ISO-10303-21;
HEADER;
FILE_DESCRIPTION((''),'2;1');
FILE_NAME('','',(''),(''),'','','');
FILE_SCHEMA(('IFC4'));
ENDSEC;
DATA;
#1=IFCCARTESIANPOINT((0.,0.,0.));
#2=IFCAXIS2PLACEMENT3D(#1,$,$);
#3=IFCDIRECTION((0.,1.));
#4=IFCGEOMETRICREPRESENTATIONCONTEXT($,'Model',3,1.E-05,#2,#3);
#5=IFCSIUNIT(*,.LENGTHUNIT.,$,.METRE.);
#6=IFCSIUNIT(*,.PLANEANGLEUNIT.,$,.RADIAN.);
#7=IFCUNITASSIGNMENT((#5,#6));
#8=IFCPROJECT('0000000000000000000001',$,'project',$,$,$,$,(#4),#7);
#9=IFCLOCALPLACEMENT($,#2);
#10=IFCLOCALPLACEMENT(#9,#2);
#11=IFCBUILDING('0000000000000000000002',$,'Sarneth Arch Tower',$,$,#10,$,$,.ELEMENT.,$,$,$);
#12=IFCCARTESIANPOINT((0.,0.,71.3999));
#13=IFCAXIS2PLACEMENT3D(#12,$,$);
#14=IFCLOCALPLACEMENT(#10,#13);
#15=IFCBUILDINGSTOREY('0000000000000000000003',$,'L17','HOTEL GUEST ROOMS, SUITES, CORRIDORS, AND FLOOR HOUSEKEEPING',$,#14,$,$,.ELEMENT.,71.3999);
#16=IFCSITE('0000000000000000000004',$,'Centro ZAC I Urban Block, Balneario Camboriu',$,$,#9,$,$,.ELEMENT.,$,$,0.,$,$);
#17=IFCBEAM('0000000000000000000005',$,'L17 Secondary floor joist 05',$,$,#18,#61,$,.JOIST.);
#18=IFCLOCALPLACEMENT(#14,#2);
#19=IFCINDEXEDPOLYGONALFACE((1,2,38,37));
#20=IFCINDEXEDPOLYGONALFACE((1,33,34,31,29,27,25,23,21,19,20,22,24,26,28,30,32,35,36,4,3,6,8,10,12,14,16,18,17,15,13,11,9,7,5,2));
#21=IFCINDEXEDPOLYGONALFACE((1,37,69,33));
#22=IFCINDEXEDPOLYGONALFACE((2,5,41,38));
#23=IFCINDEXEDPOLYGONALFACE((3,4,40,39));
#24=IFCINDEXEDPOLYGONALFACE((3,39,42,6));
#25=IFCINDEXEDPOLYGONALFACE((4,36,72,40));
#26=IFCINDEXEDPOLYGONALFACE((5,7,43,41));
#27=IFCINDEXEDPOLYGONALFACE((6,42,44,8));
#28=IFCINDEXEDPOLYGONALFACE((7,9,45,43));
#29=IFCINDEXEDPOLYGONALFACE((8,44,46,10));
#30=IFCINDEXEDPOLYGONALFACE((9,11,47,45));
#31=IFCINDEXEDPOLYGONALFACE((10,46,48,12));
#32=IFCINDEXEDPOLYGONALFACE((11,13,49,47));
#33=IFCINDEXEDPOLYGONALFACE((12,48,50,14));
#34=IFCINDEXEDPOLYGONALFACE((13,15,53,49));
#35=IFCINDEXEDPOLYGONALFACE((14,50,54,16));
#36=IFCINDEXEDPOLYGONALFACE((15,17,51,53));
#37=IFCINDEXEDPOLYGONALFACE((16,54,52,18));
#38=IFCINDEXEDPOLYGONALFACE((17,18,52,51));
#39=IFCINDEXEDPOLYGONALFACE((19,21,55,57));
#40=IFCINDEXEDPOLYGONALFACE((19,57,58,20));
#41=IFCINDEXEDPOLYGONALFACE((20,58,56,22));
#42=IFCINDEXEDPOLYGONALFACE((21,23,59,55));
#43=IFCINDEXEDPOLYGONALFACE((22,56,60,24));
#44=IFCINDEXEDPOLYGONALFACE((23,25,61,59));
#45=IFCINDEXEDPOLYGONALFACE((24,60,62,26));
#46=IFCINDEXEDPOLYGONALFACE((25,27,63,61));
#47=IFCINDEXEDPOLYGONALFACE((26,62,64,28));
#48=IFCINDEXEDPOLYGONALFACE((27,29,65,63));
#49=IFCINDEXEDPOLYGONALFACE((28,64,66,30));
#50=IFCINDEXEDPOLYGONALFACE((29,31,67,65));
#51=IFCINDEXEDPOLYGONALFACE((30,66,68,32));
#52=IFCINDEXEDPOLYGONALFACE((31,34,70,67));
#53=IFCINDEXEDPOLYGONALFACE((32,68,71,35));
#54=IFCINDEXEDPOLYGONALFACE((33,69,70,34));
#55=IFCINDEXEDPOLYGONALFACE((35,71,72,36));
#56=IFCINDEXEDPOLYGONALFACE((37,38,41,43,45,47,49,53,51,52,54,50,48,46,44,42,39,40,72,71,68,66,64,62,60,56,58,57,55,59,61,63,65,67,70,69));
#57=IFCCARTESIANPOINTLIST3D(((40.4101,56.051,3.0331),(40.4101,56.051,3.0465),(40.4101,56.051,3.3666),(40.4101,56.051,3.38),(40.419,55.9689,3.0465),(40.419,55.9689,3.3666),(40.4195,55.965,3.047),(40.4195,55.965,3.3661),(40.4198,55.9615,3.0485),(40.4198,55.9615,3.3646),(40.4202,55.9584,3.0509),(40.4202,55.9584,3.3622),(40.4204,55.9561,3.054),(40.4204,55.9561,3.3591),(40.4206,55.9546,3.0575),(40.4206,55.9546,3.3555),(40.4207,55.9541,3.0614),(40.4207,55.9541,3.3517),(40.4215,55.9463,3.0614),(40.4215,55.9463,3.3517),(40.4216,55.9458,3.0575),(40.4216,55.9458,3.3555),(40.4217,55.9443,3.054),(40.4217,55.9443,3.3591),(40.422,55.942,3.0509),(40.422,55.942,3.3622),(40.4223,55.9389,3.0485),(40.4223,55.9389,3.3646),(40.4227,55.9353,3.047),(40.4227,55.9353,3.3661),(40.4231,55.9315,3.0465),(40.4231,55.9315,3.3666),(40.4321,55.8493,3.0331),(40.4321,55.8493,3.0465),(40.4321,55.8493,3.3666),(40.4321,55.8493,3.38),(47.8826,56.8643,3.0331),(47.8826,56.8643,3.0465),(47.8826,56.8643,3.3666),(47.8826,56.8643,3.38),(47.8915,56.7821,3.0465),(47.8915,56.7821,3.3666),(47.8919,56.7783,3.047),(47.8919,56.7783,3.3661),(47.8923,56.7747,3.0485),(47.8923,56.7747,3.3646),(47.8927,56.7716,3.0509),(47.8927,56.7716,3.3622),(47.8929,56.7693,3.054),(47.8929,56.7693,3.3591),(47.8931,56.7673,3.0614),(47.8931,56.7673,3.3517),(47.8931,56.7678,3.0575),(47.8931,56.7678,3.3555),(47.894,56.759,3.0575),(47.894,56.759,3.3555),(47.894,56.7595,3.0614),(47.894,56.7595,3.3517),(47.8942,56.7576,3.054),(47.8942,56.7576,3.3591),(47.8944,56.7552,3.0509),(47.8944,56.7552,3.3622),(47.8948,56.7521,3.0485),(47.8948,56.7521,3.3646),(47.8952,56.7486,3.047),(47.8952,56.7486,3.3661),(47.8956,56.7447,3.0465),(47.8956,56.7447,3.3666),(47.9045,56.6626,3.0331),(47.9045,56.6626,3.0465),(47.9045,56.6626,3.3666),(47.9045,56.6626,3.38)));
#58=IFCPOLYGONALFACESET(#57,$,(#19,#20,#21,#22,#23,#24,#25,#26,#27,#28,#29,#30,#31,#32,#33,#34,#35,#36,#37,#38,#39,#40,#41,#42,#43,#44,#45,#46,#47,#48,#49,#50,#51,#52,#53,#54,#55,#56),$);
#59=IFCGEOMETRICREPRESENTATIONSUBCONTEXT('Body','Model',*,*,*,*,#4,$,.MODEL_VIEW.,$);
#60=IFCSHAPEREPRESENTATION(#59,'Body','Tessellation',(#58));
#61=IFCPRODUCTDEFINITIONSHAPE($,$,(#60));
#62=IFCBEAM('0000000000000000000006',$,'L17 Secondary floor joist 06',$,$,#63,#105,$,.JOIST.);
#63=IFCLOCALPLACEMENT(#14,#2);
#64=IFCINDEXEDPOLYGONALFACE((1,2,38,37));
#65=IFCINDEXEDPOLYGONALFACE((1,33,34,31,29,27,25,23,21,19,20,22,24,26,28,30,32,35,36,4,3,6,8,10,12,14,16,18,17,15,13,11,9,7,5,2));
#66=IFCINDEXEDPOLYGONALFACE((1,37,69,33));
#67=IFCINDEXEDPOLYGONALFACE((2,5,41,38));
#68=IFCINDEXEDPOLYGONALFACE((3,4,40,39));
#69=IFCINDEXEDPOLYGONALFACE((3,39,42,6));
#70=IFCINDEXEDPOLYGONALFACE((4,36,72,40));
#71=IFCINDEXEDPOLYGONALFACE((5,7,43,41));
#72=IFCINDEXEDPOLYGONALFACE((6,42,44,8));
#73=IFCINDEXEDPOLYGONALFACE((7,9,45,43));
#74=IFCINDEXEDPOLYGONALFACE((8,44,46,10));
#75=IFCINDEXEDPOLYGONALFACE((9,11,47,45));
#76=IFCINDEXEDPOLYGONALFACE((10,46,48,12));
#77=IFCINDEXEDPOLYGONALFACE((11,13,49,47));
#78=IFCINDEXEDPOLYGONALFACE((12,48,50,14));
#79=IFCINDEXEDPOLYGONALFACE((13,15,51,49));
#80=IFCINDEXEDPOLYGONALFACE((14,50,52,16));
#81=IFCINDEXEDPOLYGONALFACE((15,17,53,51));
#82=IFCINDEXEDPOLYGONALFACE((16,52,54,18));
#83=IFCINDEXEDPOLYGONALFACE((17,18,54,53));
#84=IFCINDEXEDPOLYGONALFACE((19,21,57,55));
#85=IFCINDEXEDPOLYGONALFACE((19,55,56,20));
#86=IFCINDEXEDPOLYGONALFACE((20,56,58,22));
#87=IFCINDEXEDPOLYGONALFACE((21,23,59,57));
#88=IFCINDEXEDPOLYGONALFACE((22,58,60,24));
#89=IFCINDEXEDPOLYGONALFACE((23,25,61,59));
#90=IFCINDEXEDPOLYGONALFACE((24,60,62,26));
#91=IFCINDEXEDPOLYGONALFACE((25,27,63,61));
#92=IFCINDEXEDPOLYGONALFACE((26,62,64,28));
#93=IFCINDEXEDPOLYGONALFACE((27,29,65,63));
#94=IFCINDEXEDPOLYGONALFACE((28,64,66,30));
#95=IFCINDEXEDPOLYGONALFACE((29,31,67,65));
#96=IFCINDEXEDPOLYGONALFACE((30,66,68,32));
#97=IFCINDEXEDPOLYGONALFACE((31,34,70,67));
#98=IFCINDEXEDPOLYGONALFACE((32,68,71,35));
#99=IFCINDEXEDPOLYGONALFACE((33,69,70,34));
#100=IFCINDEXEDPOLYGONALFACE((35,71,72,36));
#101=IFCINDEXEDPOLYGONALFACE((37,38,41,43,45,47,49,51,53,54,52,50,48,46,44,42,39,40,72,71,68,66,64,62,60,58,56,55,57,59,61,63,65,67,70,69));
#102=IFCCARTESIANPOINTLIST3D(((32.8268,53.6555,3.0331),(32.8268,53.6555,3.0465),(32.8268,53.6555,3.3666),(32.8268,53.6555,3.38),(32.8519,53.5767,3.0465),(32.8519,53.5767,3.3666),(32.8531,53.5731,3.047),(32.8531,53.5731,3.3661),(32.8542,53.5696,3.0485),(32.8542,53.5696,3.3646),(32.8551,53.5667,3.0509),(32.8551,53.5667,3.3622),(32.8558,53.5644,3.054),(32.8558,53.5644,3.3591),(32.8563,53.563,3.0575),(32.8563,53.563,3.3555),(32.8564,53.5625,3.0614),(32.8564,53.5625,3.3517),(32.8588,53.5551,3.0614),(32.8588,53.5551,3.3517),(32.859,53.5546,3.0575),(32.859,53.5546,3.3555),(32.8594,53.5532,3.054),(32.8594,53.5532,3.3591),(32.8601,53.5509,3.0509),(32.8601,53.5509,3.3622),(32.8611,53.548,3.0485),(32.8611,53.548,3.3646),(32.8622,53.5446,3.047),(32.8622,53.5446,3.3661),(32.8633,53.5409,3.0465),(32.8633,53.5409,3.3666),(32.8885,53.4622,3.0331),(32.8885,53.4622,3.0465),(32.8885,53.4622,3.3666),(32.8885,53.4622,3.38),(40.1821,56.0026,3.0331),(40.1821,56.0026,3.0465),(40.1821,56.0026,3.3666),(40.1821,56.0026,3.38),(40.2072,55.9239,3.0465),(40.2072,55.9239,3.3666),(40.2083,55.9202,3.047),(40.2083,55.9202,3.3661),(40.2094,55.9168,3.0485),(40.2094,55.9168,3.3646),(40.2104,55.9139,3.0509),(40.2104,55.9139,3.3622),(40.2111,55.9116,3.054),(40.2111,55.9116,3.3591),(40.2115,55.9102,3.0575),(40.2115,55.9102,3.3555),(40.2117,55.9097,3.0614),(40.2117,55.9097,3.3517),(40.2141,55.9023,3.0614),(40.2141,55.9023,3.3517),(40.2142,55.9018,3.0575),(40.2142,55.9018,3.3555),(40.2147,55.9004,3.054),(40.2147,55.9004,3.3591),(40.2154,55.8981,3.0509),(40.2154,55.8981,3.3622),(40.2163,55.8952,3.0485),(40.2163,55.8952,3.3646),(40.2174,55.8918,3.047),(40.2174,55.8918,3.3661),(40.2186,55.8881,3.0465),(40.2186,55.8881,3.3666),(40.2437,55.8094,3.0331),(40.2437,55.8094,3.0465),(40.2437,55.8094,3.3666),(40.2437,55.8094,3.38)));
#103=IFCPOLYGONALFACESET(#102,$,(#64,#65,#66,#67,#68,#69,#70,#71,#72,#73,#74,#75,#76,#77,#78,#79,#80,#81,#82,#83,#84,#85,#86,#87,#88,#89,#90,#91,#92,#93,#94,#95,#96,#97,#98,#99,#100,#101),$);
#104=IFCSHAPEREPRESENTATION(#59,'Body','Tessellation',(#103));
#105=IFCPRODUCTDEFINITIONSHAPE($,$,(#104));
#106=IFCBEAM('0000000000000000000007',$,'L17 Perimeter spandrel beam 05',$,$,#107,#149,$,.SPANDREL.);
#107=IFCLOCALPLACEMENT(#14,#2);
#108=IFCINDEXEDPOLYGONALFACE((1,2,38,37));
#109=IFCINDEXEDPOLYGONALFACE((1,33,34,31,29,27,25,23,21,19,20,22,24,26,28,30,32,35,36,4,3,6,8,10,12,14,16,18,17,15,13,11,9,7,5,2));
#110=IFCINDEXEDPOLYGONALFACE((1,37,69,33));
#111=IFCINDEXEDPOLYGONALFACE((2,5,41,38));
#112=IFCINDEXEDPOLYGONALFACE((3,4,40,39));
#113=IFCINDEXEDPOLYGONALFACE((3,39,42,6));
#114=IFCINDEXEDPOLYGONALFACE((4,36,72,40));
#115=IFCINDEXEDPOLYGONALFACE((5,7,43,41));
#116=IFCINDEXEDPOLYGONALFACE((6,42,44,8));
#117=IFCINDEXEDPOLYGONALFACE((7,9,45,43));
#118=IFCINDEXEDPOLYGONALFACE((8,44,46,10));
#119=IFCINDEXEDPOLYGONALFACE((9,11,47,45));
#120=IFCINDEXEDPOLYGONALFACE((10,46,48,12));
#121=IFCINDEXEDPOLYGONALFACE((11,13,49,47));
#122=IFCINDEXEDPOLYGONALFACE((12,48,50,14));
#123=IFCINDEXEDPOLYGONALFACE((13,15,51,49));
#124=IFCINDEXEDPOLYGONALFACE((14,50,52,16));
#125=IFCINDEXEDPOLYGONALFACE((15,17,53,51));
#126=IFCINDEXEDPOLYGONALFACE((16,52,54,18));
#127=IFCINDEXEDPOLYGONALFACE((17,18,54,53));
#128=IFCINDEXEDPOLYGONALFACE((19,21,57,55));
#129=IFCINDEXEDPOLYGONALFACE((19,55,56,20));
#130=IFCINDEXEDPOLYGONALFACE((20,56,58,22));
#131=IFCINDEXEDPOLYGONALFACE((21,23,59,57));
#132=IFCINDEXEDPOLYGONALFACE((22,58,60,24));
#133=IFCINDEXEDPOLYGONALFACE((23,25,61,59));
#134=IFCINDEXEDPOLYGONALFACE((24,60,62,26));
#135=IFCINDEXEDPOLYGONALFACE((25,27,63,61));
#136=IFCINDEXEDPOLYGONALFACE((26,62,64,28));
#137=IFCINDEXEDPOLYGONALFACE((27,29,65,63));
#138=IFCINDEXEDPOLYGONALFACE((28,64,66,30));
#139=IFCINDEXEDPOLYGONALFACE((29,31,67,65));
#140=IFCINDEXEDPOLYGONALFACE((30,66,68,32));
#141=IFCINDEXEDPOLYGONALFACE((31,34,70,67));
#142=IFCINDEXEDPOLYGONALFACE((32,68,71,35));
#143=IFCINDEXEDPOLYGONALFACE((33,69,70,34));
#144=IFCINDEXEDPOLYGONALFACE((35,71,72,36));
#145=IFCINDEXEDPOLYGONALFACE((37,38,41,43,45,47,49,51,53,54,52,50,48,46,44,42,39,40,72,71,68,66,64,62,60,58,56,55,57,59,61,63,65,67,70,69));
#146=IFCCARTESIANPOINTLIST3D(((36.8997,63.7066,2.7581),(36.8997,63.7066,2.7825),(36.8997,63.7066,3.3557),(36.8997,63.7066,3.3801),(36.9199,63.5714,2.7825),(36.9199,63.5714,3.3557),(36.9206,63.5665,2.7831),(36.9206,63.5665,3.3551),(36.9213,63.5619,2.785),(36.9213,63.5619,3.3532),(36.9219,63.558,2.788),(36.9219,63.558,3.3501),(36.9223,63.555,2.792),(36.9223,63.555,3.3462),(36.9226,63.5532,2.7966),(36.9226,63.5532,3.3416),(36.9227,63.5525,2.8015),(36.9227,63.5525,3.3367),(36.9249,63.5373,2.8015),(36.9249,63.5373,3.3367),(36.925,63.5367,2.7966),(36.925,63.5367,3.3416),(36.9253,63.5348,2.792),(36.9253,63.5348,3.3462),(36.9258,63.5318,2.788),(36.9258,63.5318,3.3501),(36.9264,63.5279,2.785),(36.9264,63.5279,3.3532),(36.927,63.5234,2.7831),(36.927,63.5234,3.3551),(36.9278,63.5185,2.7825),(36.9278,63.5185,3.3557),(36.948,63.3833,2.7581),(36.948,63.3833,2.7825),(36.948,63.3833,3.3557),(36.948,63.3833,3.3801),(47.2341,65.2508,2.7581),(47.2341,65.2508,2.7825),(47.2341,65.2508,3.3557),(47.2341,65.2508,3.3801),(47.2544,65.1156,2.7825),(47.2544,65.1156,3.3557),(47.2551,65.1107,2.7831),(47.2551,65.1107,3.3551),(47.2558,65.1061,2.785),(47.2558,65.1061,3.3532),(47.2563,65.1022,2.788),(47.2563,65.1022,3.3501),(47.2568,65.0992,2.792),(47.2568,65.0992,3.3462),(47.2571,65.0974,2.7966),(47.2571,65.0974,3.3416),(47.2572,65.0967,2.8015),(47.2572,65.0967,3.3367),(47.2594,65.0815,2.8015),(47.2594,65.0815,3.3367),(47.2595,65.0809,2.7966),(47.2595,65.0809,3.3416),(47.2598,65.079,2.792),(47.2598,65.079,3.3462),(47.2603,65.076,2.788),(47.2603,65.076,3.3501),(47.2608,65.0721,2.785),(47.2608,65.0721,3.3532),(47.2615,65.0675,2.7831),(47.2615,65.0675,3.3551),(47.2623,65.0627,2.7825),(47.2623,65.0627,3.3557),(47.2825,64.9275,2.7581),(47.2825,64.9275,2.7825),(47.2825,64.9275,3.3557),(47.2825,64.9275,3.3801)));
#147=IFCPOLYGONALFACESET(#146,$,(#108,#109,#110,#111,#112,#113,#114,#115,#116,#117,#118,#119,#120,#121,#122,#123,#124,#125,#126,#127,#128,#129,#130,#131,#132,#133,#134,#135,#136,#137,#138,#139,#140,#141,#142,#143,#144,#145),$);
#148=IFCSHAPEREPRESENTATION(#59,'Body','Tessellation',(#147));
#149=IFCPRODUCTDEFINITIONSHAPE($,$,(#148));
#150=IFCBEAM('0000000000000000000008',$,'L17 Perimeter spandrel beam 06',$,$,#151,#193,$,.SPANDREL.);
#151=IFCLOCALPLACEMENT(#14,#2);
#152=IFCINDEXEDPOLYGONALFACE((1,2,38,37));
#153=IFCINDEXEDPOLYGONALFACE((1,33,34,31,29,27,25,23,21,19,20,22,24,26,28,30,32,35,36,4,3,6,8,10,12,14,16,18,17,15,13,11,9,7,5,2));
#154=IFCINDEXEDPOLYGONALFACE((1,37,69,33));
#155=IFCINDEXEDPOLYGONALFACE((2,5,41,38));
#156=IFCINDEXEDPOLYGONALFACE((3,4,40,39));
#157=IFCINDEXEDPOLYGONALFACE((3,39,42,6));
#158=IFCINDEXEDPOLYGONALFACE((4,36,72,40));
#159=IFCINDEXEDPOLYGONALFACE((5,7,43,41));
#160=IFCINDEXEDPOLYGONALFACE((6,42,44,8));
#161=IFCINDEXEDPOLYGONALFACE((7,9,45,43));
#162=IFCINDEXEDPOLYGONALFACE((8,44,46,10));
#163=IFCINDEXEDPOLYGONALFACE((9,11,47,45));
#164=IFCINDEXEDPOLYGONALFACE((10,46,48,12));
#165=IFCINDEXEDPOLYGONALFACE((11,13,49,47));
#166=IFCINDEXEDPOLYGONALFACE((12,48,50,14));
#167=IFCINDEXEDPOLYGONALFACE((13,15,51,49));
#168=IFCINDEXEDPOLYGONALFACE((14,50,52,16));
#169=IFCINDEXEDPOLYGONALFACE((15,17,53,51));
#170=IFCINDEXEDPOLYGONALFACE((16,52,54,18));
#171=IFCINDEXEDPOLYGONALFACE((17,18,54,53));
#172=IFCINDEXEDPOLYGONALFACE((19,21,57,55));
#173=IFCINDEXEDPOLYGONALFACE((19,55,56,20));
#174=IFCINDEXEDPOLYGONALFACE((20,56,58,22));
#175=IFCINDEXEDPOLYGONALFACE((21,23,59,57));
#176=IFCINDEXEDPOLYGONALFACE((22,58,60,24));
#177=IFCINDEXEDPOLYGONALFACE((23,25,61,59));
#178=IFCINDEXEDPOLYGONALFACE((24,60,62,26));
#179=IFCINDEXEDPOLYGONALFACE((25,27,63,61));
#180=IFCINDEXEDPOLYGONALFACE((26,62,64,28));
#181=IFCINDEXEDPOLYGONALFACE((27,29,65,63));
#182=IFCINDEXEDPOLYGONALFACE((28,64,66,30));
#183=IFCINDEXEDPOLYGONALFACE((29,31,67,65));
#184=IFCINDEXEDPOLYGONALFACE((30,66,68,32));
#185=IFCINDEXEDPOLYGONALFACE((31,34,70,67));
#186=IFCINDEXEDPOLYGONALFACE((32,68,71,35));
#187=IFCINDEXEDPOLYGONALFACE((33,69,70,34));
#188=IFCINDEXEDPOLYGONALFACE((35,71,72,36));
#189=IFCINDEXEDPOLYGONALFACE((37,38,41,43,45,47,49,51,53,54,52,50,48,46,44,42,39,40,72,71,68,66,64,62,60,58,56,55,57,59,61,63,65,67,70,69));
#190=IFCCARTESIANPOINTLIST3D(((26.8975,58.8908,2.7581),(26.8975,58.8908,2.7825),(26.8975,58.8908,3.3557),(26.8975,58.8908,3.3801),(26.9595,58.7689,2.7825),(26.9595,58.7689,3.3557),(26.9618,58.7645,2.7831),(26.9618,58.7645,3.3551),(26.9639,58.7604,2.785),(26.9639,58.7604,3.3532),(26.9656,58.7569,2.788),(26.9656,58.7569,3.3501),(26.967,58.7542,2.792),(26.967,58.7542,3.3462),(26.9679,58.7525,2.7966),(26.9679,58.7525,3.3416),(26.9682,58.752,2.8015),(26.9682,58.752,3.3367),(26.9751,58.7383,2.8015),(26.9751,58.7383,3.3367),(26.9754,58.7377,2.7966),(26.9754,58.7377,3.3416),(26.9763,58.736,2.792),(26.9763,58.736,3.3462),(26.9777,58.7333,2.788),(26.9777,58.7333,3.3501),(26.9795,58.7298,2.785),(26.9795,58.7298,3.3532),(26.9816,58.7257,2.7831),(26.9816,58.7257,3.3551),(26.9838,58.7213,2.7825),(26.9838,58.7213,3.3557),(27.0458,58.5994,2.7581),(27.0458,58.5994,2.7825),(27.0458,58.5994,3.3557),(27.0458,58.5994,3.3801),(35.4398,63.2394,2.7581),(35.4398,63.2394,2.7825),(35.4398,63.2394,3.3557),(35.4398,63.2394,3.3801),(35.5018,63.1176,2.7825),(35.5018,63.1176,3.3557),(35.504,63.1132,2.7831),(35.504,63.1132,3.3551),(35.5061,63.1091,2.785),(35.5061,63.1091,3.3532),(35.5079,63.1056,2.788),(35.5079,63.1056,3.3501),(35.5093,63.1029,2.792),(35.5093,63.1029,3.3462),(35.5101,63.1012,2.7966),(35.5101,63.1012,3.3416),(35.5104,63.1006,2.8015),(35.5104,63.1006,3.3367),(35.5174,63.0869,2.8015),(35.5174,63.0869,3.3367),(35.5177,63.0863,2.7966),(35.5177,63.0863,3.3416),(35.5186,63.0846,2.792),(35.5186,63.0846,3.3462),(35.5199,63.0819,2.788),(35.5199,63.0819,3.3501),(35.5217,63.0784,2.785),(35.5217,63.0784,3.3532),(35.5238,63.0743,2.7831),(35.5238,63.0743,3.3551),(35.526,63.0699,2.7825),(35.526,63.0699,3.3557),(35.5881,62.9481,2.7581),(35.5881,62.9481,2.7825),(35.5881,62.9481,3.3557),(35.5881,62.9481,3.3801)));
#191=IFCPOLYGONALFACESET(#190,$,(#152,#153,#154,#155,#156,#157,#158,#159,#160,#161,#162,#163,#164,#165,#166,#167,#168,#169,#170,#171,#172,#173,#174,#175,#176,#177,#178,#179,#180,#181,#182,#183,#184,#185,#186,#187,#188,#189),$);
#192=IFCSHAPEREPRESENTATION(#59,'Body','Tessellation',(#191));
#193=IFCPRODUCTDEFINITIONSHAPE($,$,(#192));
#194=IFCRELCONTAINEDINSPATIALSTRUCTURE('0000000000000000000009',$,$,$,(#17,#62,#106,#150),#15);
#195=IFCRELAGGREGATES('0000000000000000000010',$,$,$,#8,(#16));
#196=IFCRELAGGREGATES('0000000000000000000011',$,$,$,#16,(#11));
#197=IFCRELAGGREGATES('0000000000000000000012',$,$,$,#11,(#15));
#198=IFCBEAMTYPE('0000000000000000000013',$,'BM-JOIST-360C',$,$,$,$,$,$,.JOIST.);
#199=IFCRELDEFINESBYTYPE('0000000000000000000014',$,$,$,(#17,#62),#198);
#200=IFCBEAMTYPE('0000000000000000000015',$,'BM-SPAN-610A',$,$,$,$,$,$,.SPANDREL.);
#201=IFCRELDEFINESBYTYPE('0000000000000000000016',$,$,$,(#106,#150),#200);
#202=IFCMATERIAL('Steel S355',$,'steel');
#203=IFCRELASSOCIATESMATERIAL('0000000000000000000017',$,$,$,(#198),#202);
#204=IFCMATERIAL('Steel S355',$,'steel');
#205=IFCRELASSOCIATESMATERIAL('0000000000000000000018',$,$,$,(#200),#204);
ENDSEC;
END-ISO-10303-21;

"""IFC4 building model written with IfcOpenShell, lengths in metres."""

from ifc_helpers import new_model, si_unit, direction, frame, origin, origin_2d, place, context, subcontext, project, spatial, i_section, extrude, material, material_profile, profile_set, type_object, element, save


model = new_model("IFC4")

# Units and contexts
model_context = context("Model", 3, precision=1e-05, world=origin(), true_north=direction((0.0, 1.0)))
body_context = subcontext(model_context, "Body", "Model", "MODEL_VIEW")
ifc_project = project(units=[si_unit("LENGTHUNIT", "METRE"), si_unit("PLANEANGLEUNIT", "RADIAN")], contexts=[model_context])

# Site, building, storey
site_placement = place(None, origin())
site = spatial("IfcSite", under=ifc_project, at=site_placement, Name="Centro ZAC I Urban Block, Balneario Camboriu", CompositionType="ELEMENT", RefElevation=0.0)
building_placement = place(site_placement, origin())
building = spatial("IfcBuilding", under=site, at=building_placement, Name="Sarneth Arch Tower", CompositionType="ELEMENT")
storey_placement = place(building_placement, frame((0.0, 0.0, 71.3999)))
storey = spatial("IfcBuildingStorey", under=building, at=storey_placement, Name="L17", Description="HOTEL GUEST ROOMS, SUITES, CORRIDORS, AND FLOOR HOUSEKEEPING", CompositionType="ELEMENT", Elevation=71.3999)

# Beams
ifc_material_1 = material(Name="Steel S355", Category="steel")
ifc_material_profile_1 = material_profile(ifc_material_1, i_section(OverallWidth=0.2029, OverallDepth=0.3469, WebThickness=0.0078, FlangeThickness=0.0134, FilletRadius=0.0149, at=origin_2d()), Name="W360x64")
ifc_profile_set_1 = profile_set([ifc_material_profile_1], Name="Steel S355")
beam_type_1 = type_object("IfcBeamType", Name="BM-JOIST-360C", PredefinedType="JOIST", material=ifc_profile_set_1)
beam_1_placement = place(storey_placement, frame((47.8936, 56.7634, 3.2065), z_axis=(-0.99413, -0.108192, 0.0), x_axis=(0.108192, -0.99413, 0.0)))
element("IfcBeam", 1, at=beam_1_placement, inside=storey, type_object=beam_type_1, Name="L17 Secondary floor joist 05", PredefinedType="JOIST", context=body_context, shape_type="SweptSolid", body=[
    extrude(i_section(OverallWidth=0.2029, OverallDepth=0.3469, WebThickness=0.0078, FlangeThickness=0.0134, FilletRadius=0.0149, at=origin_2d()), origin(), (0.0, 0.0, 1.0), 7.5166),
])
beam_2_placement = place(storey_placement, frame((40.2129, 55.906, 3.2065), z_axis=(-0.952668, -0.304011, 0.0), x_axis=(0.304011, -0.952668, 0.0)))
element("IfcBeam", 2, at=beam_2_placement, inside=storey, type_object=beam_type_1, Name="L17 Secondary floor joist 06", PredefinedType="JOIST", context=body_context, shape_type="SweptSolid", body=[
    extrude(i_section(OverallWidth=0.2029, OverallDepth=0.3469, WebThickness=0.0078, FlangeThickness=0.0134, FilletRadius=0.0149, at=origin_2d()), origin(), (0.0, 0.0, 1.0), 7.7207),
])
ifc_material_2 = material(Name="Steel S355", Category="steel")
ifc_material_profile_2 = material_profile(ifc_material_2, i_section(OverallWidth=0.3269, OverallDepth=0.6221, WebThickness=0.0154, FlangeThickness=0.0244, FilletRadius=0.019, at=origin_2d()), Name="W610x195")
ifc_profile_set_2 = profile_set([ifc_material_profile_2], Name="Steel S355")
beam_type_2 = type_object("IfcBeamType", Name="BM-SPAN-610A", PredefinedType="SPANDREL", material=ifc_profile_set_2)
beam_3_placement = place(storey_placement, frame((47.2583, 65.0891, 3.0691), z_axis=(-0.98902, -0.147781, 0.0), x_axis=(0.147781, -0.98902, 0.0)))
element("IfcBeam", 3, at=beam_3_placement, inside=storey, type_object=beam_type_2, Name="L17 Perimeter spandrel beam 05", PredefinedType="SPANDREL", context=body_context, shape_type="SweptSolid", body=[
    extrude(i_section(OverallWidth=0.3269, OverallDepth=0.6221, WebThickness=0.0154, FlangeThickness=0.0244, FilletRadius=0.019, at=origin_2d()), origin(), (0.0, 0.0, 1.0), 10.4492),
])
beam_4_placement = place(storey_placement, frame((35.5139, 63.0938, 3.0691), z_axis=(-0.891169, -0.453671, 0.0), x_axis=(0.453671, -0.891169, 0.0)))
element("IfcBeam", 4, at=beam_4_placement, inside=storey, type_object=beam_type_2, Name="L17 Perimeter spandrel beam 06", PredefinedType="SPANDREL", context=body_context, shape_type="SweptSolid", body=[
    extrude(i_section(OverallWidth=0.3269, OverallDepth=0.6221, WebThickness=0.0154, FlangeThickness=0.0244, FilletRadius=0.019, at=origin_2d()), origin(), (0.0, 0.0, 1.0), 9.5854),
])

save(model, "model.ifc")
